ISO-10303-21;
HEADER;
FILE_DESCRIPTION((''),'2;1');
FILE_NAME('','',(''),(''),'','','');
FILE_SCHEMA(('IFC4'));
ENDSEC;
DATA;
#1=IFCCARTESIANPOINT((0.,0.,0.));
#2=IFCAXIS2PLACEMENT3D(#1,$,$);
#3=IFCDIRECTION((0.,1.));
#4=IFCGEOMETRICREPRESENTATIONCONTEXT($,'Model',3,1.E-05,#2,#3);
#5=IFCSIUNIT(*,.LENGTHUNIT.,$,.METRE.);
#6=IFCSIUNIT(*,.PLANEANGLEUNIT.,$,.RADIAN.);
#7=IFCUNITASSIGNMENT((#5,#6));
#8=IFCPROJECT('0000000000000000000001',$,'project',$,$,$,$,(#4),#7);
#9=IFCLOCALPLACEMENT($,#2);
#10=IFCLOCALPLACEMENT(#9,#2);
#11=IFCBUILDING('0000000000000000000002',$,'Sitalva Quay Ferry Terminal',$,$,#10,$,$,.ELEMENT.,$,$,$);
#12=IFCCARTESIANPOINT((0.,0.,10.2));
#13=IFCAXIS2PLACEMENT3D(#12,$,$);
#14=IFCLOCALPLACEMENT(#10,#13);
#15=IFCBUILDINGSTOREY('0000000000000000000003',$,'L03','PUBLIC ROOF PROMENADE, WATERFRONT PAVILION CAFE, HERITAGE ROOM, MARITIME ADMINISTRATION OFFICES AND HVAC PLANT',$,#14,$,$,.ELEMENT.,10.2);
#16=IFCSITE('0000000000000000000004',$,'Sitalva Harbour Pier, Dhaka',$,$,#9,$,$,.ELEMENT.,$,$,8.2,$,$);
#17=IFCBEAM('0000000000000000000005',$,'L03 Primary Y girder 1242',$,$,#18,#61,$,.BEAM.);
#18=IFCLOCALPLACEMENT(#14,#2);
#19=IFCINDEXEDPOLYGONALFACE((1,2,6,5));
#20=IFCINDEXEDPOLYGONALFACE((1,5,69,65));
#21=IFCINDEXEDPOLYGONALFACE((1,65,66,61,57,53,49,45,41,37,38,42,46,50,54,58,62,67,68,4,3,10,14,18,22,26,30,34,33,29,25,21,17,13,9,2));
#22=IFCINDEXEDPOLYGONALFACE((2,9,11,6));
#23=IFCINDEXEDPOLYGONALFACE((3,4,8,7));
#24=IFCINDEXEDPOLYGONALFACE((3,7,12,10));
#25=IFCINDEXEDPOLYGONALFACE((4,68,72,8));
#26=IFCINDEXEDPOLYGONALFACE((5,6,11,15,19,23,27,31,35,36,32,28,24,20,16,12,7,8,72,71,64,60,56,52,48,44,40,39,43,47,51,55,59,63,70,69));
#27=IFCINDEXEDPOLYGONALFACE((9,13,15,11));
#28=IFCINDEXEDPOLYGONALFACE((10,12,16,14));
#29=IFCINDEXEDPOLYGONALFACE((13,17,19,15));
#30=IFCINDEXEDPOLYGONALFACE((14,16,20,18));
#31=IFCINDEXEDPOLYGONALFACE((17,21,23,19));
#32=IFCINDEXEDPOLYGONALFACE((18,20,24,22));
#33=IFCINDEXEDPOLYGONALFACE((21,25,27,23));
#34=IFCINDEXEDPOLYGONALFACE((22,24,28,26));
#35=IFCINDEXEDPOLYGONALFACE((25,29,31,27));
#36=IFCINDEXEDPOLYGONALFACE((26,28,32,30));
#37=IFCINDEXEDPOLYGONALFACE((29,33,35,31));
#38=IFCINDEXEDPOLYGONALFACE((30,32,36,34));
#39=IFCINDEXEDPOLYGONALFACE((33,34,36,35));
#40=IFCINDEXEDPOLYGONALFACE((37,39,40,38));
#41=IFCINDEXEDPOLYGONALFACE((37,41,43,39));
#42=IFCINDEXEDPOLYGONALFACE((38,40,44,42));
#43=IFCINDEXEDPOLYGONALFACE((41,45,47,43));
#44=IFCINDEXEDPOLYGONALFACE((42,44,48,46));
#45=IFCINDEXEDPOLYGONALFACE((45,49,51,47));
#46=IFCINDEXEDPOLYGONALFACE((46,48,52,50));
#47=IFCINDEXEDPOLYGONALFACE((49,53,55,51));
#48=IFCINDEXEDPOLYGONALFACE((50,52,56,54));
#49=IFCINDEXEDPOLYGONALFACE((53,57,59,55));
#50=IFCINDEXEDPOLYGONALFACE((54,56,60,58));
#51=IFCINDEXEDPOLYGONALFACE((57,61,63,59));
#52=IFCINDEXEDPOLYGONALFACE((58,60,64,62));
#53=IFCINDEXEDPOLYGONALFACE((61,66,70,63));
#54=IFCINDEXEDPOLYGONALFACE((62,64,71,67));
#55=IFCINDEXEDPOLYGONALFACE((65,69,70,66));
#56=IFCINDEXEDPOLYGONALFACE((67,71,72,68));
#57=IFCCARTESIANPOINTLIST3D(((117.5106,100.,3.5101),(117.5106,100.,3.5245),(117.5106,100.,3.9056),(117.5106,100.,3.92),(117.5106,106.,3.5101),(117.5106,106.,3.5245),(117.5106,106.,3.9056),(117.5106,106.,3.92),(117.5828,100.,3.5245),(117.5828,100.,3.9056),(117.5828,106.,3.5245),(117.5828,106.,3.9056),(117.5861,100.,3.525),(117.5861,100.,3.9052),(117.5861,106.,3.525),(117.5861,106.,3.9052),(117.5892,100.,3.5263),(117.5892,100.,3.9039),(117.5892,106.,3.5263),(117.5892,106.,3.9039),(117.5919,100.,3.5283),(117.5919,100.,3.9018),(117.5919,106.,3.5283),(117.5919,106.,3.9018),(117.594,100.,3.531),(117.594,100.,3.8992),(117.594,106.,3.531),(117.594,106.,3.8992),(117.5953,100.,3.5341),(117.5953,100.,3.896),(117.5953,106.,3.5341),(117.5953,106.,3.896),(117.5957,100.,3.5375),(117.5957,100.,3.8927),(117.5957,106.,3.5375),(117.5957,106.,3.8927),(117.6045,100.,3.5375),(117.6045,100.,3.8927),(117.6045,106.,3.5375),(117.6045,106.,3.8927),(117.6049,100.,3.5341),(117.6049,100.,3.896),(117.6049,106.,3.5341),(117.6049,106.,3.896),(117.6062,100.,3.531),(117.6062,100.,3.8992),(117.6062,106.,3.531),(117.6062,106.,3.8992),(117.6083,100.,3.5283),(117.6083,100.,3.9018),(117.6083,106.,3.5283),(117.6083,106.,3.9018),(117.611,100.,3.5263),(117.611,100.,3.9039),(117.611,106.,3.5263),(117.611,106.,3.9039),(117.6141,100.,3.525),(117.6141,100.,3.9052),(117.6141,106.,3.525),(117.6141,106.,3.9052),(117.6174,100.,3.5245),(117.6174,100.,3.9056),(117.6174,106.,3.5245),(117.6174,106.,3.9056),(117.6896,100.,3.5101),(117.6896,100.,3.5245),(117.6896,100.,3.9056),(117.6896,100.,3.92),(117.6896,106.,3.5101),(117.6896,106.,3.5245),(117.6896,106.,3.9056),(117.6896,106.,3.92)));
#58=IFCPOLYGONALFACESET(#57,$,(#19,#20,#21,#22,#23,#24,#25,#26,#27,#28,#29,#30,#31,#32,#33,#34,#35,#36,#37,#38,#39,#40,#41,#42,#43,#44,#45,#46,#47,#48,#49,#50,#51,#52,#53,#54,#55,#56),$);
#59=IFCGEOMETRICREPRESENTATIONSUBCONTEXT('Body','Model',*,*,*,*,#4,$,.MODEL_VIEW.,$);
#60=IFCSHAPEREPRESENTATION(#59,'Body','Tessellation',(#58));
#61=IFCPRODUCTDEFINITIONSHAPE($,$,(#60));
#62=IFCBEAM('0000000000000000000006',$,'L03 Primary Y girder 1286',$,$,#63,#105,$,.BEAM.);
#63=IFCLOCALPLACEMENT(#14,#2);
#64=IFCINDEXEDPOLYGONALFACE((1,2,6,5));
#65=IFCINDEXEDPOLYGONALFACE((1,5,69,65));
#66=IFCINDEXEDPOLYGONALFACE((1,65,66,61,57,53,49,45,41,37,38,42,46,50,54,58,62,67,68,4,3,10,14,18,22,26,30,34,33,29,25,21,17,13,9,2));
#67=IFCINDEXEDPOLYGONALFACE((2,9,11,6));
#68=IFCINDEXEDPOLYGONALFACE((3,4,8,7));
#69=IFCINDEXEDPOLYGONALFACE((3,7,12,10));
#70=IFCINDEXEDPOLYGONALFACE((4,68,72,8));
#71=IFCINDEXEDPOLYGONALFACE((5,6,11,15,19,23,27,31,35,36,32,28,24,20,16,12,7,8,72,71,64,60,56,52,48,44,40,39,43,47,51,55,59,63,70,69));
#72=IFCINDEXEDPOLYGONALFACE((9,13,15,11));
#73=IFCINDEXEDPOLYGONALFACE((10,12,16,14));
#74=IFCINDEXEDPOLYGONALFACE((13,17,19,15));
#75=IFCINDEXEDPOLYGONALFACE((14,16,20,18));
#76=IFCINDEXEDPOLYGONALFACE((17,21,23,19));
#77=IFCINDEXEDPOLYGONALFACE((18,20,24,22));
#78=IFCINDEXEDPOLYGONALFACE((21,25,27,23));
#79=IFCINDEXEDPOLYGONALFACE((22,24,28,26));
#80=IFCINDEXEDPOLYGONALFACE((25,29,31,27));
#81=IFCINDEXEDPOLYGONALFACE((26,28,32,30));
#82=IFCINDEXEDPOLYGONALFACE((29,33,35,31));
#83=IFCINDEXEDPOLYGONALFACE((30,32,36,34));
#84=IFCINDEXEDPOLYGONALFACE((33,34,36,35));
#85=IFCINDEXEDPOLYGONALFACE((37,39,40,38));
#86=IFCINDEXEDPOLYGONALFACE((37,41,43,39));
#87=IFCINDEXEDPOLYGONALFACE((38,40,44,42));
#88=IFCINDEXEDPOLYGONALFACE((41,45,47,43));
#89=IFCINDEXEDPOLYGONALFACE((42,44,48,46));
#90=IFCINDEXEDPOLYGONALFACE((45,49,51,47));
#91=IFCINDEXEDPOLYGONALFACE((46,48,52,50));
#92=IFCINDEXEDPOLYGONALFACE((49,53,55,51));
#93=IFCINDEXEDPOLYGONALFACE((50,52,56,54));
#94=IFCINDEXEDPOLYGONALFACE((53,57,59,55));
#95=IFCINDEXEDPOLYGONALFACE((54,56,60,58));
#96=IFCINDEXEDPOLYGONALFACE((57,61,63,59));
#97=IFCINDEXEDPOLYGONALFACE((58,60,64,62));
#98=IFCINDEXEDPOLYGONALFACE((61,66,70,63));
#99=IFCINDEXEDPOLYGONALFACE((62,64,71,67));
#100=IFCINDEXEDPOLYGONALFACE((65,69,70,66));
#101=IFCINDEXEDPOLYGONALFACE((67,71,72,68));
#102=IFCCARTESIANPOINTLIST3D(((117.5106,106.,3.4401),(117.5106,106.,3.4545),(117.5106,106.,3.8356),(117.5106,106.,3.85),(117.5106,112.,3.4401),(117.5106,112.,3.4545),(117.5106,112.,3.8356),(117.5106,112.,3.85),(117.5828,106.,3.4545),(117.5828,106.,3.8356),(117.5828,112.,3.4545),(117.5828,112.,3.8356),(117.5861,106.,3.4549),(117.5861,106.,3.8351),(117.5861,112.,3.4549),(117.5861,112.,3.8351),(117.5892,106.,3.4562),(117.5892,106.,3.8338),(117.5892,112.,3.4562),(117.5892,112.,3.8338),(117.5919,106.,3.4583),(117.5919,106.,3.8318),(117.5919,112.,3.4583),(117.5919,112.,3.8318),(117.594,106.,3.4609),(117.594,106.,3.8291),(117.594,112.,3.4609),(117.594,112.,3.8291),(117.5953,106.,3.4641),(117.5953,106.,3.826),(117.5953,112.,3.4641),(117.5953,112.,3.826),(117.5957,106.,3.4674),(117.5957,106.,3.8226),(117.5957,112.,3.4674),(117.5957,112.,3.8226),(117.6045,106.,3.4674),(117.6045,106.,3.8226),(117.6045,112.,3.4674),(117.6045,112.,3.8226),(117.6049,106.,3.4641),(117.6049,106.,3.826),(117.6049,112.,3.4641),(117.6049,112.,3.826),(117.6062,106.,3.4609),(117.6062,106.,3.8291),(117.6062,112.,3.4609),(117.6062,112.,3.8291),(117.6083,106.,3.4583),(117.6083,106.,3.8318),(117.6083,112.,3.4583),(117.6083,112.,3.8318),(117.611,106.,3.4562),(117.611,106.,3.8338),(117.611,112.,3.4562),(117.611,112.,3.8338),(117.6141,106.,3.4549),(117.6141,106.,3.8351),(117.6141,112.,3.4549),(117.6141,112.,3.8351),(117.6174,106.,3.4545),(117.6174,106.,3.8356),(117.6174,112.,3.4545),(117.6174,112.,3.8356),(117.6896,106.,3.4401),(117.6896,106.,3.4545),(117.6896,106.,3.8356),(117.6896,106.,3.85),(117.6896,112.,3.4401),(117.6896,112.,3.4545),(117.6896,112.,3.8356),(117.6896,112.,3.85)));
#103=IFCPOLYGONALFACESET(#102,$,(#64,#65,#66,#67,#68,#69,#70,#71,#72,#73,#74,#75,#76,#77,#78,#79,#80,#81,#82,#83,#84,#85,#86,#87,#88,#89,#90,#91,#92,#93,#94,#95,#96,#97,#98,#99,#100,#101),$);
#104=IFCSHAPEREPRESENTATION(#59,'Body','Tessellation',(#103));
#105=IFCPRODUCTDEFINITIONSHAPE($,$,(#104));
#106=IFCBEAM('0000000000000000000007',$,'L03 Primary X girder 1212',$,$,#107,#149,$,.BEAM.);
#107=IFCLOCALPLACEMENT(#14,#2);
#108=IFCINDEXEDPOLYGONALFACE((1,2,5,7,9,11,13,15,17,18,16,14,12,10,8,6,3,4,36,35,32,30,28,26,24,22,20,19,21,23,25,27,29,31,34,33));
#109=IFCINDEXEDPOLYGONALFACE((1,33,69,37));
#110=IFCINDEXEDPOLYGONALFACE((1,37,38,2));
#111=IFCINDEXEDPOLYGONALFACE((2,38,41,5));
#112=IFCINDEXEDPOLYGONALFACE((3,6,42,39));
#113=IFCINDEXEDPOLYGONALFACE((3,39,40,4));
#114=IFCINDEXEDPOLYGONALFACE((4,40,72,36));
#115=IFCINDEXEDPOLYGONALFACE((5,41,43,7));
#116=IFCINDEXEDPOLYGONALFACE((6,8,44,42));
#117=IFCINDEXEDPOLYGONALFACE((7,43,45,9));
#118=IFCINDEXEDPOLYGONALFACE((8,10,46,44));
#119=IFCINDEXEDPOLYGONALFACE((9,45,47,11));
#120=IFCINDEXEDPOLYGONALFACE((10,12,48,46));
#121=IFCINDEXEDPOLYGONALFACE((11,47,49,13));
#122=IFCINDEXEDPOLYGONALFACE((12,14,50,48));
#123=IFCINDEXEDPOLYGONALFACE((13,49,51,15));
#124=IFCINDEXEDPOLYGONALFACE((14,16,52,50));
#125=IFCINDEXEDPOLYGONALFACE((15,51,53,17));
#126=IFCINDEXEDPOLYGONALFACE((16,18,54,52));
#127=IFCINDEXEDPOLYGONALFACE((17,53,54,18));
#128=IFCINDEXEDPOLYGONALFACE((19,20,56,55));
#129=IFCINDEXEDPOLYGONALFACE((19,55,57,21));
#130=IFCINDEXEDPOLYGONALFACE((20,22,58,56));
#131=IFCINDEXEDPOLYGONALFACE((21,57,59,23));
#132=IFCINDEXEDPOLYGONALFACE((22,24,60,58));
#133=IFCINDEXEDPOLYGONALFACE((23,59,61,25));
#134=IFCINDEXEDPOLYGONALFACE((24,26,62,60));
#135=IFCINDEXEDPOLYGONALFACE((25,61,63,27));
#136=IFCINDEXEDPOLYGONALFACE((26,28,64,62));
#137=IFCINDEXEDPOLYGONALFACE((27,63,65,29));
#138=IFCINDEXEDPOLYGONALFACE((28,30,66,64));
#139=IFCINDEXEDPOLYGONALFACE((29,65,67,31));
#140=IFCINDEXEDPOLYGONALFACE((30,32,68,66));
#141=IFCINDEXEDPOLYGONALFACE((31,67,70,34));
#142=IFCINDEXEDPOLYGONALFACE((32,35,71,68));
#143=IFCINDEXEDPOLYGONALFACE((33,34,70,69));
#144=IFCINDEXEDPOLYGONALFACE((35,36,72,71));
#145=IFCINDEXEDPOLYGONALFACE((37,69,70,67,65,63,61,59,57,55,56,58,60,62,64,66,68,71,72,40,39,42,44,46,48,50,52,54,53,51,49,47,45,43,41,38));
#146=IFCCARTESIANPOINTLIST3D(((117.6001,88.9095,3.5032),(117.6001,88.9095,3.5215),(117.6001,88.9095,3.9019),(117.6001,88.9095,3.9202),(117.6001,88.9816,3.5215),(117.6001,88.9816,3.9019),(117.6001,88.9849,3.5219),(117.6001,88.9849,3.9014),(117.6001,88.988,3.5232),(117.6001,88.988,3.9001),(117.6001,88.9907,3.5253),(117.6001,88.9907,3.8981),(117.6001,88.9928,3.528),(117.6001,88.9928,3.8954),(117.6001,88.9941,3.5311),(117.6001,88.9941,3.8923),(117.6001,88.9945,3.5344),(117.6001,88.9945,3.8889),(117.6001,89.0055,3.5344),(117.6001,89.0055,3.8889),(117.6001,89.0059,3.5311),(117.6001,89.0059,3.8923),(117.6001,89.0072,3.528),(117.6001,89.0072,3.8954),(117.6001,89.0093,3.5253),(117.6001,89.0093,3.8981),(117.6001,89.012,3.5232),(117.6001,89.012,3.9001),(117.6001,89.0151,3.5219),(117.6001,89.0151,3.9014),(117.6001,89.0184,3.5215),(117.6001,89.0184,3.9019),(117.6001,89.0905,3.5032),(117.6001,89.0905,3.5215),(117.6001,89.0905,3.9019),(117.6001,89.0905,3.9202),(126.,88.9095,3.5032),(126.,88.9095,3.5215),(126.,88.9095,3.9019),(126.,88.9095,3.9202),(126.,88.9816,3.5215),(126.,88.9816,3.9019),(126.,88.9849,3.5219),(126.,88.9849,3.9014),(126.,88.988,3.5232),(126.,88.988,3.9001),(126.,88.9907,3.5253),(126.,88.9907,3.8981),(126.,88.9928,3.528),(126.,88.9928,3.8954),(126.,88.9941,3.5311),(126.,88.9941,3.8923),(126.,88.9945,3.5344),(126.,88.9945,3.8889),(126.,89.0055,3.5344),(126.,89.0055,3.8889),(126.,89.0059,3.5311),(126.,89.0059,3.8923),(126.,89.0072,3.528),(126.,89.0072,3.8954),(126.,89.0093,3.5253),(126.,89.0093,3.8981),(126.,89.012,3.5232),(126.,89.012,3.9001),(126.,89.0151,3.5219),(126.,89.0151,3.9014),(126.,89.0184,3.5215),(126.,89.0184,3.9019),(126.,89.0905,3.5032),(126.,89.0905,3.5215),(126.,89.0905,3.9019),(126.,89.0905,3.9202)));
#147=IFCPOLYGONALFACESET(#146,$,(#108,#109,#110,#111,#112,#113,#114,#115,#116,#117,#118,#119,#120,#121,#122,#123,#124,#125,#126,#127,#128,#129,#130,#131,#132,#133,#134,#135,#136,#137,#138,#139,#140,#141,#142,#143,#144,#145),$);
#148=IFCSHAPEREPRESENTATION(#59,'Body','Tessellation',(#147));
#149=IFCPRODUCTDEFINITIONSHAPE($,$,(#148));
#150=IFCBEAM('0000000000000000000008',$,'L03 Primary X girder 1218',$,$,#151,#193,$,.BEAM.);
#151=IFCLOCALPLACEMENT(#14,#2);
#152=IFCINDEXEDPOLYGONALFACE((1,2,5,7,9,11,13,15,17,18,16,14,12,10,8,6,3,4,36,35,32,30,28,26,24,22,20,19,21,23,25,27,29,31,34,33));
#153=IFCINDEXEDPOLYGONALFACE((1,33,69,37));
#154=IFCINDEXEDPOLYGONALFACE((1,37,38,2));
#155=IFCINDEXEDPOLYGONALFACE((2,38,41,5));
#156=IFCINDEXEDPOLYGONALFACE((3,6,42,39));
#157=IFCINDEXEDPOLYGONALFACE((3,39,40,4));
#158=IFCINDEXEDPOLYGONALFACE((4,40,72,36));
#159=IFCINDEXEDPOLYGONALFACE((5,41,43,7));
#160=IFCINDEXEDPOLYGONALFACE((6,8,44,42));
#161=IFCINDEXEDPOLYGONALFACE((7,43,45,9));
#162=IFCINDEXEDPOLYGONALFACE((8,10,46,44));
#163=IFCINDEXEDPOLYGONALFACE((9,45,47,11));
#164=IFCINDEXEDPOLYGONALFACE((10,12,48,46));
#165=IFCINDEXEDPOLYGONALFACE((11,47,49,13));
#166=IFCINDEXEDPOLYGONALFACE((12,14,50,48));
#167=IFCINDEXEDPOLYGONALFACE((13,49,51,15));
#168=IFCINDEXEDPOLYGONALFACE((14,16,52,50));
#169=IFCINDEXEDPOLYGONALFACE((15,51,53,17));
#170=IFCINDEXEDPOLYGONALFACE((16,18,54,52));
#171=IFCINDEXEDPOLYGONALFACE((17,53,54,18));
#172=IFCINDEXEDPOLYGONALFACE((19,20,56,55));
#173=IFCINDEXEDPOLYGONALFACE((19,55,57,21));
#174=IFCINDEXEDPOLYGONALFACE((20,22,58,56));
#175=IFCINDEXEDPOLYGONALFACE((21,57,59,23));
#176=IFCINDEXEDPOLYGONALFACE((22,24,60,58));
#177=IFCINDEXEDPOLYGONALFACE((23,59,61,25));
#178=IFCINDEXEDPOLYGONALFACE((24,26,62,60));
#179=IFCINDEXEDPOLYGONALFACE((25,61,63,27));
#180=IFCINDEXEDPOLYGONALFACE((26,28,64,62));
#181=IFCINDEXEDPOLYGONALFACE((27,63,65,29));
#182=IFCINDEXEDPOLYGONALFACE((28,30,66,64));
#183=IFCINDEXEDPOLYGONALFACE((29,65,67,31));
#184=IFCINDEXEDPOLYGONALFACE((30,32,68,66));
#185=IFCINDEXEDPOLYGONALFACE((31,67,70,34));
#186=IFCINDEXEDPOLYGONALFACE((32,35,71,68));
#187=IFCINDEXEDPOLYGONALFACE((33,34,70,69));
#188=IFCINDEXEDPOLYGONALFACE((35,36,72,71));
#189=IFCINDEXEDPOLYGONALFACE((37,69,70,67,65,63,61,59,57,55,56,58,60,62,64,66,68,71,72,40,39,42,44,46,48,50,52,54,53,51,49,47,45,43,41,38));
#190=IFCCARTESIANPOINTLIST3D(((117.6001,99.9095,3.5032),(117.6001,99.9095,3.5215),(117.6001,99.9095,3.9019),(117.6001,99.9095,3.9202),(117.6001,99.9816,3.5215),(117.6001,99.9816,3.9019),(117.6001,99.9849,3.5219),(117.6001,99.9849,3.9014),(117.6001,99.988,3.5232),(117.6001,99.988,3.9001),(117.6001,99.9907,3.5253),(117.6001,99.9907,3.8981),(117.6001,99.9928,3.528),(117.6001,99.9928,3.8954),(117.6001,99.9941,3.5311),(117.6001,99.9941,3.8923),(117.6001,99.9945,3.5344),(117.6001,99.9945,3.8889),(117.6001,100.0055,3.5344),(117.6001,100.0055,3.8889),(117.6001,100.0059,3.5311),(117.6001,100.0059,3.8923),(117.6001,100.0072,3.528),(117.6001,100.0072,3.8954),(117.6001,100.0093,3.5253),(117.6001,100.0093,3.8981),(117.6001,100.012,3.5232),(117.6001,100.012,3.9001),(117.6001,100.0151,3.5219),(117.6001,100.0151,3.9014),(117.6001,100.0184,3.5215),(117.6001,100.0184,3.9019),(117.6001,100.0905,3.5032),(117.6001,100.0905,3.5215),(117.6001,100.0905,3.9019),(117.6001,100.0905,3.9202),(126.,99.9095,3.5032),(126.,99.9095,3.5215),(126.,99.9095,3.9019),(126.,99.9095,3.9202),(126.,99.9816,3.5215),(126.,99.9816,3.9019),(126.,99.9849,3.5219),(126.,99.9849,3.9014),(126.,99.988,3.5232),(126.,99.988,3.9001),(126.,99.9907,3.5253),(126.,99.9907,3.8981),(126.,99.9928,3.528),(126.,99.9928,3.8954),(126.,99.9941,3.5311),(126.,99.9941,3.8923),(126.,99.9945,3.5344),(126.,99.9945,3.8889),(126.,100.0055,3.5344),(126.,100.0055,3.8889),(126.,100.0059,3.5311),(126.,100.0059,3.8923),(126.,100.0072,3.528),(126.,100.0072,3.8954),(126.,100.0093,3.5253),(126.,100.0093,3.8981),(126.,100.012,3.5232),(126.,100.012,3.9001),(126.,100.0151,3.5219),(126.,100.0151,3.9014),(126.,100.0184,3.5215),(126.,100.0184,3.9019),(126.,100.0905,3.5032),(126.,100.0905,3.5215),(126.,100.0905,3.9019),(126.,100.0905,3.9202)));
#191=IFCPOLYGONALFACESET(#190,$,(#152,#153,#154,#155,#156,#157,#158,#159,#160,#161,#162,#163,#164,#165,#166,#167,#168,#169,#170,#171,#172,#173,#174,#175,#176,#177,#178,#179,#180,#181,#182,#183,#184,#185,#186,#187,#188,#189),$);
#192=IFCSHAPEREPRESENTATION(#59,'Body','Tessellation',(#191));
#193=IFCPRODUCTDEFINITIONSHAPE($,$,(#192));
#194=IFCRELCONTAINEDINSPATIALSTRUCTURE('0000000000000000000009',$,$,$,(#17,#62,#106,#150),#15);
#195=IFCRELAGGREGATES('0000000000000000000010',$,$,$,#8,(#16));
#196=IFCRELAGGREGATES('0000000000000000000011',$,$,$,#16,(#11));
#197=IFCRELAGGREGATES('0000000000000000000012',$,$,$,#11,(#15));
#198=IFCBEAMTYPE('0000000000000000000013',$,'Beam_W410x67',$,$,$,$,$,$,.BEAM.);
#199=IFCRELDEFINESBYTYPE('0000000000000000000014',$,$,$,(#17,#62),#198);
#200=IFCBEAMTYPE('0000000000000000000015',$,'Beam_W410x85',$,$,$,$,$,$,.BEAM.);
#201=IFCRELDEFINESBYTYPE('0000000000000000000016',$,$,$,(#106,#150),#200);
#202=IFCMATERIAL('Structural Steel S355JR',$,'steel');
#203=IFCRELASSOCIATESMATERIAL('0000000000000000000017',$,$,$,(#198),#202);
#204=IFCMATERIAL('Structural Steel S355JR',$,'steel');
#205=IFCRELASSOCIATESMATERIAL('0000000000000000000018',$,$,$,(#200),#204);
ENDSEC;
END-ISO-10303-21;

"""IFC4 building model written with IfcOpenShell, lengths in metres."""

from ifc_helpers import new_model, si_unit, direction, frame, origin, origin_2d, place, context, subcontext, project, spatial, i_section, extrude, material, material_profile, profile_set, type_object, element, save


model = new_model("IFC4")

# Units and contexts
model_context = context("Model", 3, precision=1e-05, world=origin(), true_north=direction((0.0, 1.0)))
body_context = subcontext(model_context, "Body", "Model", "MODEL_VIEW")
ifc_project = project(units=[si_unit("LENGTHUNIT", "METRE"), si_unit("PLANEANGLEUNIT", "RADIAN")], contexts=[model_context])

# Site, building, storey
site_placement = place(None, origin())
site = spatial("IfcSite", under=ifc_project, at=site_placement, Name="Sitalva Harbour Pier, Dhaka", CompositionType="ELEMENT", RefElevation=8.2)
building_placement = place(site_placement, origin())
building = spatial("IfcBuilding", under=site, at=building_placement, Name="Sitalva Quay Ferry Terminal", CompositionType="ELEMENT")
storey_placement = place(building_placement, frame((0.0, 0.0, 10.2)))
storey = spatial("IfcBuildingStorey", under=building, at=storey_placement, Name="L03", Description="PUBLIC ROOF PROMENADE, WATERFRONT PAVILION CAFE, HERITAGE ROOM, MARITIME ADMINISTRATION OFFICES AND HVAC PLANT", CompositionType="ELEMENT", Elevation=10.2)

# Beams
ifc_material_1 = material(Name="Structural Steel S355JR", Category="steel")
ifc_material_profile_1 = material_profile(ifc_material_1, i_section(OverallWidth=0.179, OverallDepth=0.4099, WebThickness=0.0088, FlangeThickness=0.0144, FilletRadius=0.0129, at=origin_2d()), Name="W410x67")
ifc_profile_set_1 = profile_set([ifc_material_profile_1], Name="Structural Steel S355JR")
beam_type_1 = type_object("IfcBeamType", Name="Beam_W410x67", PredefinedType="BEAM", material=ifc_profile_set_1)
for number, where, z_axis, x_axis, name in (
    (1, (117.6001, 100.0, 3.7151), (0.0, 1.0, 0.0), (-1.0, 0.0, 0.0), "L03 Primary Y girder 1242"),
    (2, (117.6001, 106.0, 3.645), (0.0, 1.0, 0.0), (-1.0, 0.0, 0.0), "L03 Primary Y girder 1286"),
):
    element("IfcBeam", number, at=place(storey_placement, frame(where, z_axis=z_axis, x_axis=x_axis)), inside=storey, type_object=beam_type_1, Name=name, PredefinedType="BEAM", context=body_context, shape_type="SweptSolid", body=[
        extrude(i_section(OverallWidth=0.179, OverallDepth=0.4099, WebThickness=0.0088, FlangeThickness=0.0144, FilletRadius=0.0129, at=origin_2d()), origin(), (0.0, 0.0, 1.0), 6.0),
    ])
ifc_material_2 = material(Name="Structural Steel S355JR", Category="steel")
ifc_material_profile_2 = material_profile(ifc_material_2, i_section(OverallWidth=0.1809, OverallDepth=0.417, WebThickness=0.011, FlangeThickness=0.0183, FilletRadius=0.0129, at=origin_2d()), Name="W410x85")
ifc_profile_set_2 = profile_set([ifc_material_profile_2], Name="Structural Steel S355JR")
beam_type_2 = type_object("IfcBeamType", Name="Beam_W410x85", PredefinedType="BEAM", material=ifc_profile_set_2)
for number, where, z_axis, x_axis, name in (
    (3, (117.6001, 89.0, 3.7117), (1.0, 0.0, 0.0), (0.0, 1.0, 0.0), "L03 Primary X girder 1212"),
    (4, (117.6001, 100.0, 3.7117), (1.0, 0.0, 0.0), (0.0, 1.0, 0.0), "L03 Primary X girder 1218"),
):
    element("IfcBeam", number, at=place(storey_placement, frame(where, z_axis=z_axis, x_axis=x_axis)), inside=storey, type_object=beam_type_2, Name=name, PredefinedType="BEAM", context=body_context, shape_type="SweptSolid", body=[
        extrude(i_section(OverallWidth=0.1809, OverallDepth=0.417, WebThickness=0.011, FlangeThickness=0.0183, FilletRadius=0.0129, at=origin_2d()), origin(), (0.0, 0.0, 1.0), 8.3999),
    ])

save(model, "model.ifc")
